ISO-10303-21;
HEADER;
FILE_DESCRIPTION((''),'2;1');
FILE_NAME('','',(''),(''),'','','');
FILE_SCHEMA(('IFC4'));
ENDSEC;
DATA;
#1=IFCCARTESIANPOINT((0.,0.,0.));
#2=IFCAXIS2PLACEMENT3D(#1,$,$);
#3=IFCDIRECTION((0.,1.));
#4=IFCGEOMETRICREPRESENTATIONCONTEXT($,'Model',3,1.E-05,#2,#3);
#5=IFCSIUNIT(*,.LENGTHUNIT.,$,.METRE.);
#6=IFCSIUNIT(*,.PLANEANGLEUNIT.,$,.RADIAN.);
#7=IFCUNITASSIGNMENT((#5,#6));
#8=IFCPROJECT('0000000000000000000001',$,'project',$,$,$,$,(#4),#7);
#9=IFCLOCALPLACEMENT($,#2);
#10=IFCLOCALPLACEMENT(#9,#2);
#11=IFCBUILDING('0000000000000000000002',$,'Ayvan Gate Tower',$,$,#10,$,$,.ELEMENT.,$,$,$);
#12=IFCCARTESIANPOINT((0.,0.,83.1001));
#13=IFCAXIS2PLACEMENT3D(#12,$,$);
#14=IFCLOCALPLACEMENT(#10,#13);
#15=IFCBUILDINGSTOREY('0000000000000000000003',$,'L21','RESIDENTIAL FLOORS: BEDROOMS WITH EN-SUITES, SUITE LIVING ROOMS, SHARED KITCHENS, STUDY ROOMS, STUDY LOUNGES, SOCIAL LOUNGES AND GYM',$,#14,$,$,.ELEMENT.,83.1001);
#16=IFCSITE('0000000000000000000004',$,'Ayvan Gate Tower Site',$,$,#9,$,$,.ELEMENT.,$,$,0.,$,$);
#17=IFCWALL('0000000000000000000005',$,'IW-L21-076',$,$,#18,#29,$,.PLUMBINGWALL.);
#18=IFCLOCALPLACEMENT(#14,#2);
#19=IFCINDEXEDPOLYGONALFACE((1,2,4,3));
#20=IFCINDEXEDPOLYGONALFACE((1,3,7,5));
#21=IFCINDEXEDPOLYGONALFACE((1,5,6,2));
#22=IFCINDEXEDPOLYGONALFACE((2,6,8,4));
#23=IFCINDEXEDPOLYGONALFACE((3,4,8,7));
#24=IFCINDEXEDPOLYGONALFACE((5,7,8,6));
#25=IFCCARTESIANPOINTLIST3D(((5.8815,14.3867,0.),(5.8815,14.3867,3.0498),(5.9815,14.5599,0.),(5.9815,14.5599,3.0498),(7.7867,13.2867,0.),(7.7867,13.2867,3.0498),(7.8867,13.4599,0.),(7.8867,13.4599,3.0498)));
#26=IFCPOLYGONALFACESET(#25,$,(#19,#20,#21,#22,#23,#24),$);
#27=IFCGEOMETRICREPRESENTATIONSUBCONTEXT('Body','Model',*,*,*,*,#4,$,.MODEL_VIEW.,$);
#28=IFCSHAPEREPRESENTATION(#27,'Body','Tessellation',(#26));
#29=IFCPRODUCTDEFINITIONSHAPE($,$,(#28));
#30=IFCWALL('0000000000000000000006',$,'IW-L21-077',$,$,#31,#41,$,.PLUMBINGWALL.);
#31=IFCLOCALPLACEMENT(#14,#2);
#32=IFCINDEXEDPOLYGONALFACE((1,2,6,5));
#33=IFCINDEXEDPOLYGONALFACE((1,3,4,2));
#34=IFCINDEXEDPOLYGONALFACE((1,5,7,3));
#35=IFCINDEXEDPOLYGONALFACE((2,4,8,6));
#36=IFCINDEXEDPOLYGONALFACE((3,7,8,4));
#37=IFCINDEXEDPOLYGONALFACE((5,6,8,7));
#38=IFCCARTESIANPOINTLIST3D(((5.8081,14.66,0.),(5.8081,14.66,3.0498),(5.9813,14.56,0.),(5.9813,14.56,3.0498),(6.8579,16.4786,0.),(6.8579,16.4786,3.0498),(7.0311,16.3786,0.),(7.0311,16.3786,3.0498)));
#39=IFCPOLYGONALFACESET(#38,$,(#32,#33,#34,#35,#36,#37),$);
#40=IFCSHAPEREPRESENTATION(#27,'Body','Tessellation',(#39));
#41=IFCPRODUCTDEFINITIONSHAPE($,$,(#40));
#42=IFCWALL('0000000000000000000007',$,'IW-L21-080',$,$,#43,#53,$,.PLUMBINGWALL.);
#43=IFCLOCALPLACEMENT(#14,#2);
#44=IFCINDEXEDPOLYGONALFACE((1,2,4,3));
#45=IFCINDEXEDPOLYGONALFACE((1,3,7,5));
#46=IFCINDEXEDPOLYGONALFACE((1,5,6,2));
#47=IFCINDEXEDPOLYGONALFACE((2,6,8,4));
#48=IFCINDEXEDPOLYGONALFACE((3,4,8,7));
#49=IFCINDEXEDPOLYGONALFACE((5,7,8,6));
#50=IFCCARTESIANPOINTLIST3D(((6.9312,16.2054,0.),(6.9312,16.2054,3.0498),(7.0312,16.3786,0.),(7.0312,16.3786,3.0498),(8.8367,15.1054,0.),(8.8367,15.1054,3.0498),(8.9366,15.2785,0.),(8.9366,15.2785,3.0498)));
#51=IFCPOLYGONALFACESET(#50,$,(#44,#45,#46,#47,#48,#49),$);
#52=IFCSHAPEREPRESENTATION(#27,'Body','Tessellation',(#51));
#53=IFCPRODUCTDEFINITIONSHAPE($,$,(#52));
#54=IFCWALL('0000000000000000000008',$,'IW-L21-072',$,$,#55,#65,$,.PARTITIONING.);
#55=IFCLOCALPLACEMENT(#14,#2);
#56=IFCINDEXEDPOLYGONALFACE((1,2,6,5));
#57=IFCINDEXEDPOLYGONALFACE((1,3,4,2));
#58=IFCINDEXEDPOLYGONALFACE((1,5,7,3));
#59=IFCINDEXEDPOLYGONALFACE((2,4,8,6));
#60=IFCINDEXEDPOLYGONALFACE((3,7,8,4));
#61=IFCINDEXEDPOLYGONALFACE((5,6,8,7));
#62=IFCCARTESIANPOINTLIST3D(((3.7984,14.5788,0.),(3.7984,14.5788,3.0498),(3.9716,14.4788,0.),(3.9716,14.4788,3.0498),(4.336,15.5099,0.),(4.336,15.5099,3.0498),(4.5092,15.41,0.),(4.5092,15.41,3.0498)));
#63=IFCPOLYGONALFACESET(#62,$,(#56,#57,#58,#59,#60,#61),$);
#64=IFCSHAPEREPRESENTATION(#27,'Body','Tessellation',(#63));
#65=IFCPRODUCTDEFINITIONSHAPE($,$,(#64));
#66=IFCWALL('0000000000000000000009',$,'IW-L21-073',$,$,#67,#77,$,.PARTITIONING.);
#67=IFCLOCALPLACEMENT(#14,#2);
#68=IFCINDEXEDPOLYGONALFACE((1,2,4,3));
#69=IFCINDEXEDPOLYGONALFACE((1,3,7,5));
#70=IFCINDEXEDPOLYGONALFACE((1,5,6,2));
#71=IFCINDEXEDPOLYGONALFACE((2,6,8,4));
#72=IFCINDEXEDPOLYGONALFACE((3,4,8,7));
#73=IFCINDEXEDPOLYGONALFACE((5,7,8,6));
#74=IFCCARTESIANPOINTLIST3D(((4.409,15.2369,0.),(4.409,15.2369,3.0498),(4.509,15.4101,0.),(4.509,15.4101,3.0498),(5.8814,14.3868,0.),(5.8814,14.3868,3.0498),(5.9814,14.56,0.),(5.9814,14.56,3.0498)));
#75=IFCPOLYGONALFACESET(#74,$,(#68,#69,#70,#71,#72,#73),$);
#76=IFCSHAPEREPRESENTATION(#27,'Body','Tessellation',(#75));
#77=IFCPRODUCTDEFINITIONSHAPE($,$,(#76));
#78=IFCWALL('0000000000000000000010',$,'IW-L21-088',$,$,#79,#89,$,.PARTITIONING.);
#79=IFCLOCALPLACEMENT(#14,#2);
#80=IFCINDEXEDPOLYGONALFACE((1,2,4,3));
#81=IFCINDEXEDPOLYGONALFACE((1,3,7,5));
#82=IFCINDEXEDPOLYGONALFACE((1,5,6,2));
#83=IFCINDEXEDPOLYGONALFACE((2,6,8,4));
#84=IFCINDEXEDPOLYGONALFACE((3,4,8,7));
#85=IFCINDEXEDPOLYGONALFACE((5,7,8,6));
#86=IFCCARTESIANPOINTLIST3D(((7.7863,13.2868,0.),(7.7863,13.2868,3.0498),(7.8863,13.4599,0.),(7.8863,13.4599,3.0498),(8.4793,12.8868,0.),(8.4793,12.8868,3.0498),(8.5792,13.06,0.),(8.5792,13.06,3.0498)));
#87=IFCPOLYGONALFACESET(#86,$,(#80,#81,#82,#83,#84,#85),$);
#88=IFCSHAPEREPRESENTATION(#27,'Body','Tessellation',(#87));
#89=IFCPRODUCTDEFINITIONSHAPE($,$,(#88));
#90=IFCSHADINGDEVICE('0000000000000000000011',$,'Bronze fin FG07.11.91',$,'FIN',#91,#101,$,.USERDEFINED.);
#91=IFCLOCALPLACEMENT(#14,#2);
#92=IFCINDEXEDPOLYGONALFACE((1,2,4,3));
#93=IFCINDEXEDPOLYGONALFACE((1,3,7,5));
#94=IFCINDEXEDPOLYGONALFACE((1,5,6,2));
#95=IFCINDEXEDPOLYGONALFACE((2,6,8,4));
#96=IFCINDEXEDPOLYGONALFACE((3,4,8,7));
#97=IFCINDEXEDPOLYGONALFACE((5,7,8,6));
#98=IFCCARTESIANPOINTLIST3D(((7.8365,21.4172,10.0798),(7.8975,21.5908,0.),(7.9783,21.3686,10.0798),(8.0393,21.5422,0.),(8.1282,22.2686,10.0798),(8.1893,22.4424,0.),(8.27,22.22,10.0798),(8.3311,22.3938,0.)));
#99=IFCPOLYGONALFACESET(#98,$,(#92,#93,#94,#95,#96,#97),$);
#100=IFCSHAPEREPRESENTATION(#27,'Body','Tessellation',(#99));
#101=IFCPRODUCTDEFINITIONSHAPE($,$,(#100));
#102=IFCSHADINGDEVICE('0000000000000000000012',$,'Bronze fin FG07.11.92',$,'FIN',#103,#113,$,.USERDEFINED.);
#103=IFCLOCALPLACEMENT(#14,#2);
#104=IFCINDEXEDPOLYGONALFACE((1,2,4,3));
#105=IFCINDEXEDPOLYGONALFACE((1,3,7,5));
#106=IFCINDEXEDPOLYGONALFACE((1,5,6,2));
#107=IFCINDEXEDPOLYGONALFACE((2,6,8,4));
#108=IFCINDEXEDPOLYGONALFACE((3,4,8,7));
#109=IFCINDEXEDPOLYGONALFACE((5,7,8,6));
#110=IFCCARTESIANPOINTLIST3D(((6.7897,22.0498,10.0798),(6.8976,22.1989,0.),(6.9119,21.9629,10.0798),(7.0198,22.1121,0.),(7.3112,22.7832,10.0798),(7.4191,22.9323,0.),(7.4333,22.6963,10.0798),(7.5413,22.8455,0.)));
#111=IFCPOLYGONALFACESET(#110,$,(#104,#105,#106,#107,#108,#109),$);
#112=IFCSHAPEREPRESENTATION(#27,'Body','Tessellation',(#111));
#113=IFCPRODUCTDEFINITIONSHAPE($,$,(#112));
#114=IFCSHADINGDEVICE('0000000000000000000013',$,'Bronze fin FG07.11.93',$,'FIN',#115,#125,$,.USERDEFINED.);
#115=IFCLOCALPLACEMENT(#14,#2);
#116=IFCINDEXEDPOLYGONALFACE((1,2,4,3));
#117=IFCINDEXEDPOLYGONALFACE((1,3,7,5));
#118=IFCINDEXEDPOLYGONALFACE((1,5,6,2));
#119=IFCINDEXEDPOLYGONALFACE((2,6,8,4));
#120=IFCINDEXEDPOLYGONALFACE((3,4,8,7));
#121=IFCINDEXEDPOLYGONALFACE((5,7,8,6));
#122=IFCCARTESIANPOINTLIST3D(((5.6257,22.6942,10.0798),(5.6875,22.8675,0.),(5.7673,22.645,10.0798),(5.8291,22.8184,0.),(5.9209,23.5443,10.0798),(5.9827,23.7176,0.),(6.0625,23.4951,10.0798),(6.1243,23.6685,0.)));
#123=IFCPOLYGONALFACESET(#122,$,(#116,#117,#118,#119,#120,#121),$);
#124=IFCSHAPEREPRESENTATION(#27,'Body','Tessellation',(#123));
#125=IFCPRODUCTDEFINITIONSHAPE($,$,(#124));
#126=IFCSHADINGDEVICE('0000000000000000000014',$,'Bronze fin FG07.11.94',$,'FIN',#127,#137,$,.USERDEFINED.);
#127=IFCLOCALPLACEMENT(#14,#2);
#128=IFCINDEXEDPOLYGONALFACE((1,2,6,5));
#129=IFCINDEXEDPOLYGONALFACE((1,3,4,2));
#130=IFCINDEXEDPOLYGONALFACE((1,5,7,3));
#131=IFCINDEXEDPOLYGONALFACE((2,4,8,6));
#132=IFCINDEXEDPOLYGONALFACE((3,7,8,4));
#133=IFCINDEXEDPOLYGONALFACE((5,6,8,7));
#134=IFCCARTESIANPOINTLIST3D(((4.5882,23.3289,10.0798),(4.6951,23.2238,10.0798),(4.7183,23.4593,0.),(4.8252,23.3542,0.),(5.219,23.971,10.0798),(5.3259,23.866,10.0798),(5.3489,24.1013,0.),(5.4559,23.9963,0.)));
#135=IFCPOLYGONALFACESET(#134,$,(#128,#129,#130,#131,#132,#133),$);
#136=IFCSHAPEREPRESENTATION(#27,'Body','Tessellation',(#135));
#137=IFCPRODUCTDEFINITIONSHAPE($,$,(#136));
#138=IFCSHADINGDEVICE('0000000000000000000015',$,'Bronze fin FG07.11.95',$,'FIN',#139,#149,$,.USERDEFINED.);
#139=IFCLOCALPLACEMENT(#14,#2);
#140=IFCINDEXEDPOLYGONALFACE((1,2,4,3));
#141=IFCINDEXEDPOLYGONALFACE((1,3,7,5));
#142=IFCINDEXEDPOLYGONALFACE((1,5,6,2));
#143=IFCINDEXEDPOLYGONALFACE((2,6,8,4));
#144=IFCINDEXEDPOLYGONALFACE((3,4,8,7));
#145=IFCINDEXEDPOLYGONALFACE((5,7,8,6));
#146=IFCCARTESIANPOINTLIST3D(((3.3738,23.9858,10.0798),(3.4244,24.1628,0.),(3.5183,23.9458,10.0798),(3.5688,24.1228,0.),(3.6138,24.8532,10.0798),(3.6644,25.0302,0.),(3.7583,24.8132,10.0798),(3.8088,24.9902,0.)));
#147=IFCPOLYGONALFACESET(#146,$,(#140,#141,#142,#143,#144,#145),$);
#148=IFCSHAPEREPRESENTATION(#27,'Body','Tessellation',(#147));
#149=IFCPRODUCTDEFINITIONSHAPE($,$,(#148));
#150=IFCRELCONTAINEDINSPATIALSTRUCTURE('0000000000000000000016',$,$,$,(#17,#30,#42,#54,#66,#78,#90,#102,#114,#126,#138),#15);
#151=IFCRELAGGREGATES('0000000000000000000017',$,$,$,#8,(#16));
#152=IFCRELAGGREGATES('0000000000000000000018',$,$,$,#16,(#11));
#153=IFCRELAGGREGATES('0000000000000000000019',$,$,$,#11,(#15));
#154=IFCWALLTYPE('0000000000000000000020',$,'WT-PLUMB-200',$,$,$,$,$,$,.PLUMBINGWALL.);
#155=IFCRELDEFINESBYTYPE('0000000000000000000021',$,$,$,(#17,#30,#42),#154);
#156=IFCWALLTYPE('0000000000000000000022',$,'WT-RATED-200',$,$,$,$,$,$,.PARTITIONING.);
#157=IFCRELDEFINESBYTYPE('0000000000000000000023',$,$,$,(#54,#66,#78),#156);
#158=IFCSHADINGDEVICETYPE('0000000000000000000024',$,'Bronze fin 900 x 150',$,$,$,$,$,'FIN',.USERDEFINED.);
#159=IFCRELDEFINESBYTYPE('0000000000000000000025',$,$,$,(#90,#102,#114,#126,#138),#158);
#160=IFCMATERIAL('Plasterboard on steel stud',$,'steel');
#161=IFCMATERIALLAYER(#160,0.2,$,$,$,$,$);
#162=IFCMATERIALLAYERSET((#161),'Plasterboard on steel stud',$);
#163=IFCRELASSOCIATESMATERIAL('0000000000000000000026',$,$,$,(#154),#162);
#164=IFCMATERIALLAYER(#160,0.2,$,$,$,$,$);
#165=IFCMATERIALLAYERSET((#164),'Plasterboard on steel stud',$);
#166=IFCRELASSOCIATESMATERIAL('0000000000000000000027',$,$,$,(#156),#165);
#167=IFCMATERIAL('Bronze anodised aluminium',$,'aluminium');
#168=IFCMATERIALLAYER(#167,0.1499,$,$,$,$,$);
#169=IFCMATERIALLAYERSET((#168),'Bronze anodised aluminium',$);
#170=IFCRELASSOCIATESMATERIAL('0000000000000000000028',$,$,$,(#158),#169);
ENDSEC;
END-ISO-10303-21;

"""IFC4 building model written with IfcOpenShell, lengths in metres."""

from ifc_helpers import new_model, si_unit, direction, frame, frame_2d, origin, place, context, subcontext, project, spatial, polyline, rectangle, outline, extrude, material, layer, layer_set, type_object, element, save


model = new_model("IFC4")

# Units and contexts
model_context = context("Model", 3, precision=1e-05, world=origin(), true_north=direction((0.0, 1.0)))
body_context = subcontext(model_context, "Body", "Model", "MODEL_VIEW")
ifc_project = project(units=[si_unit("LENGTHUNIT", "METRE"), si_unit("PLANEANGLEUNIT", "RADIAN")], contexts=[model_context])

# Site, building, storey
site_placement = place(None, origin())
site = spatial("IfcSite", under=ifc_project, at=site_placement, Name="Ayvan Gate Tower Site", CompositionType="ELEMENT", RefElevation=0.0)
building_placement = place(site_placement, origin())
building = spatial("IfcBuilding", under=site, at=building_placement, Name="Ayvan Gate Tower", CompositionType="ELEMENT")
storey_placement = place(building_placement, frame((0.0, 0.0, 83.1001)))
storey = spatial("IfcBuildingStorey", under=building, at=storey_placement, Name="L21", Description="RESIDENTIAL FLOORS: BEDROOMS WITH EN-SUITES, SUITE LIVING ROOMS, SHARED KITCHENS, STUDY ROOMS, STUDY LOUNGES, SOCIAL LOUNGES AND GYM", CompositionType="ELEMENT", Elevation=83.1001)

# Shared definitions
ifc_material_1 = material(Name="Bronze anodised aluminium", Category="aluminium")

# Walls
ifc_material_2 = material(Name="Plasterboard on steel stud", Category="steel")
ifc_layer_1 = layer(ifc_material_2, 0.2)
ifc_layer_set_1 = layer_set([ifc_layer_1], Name="Plasterboard on steel stud")
wall_type_1 = type_object("IfcWallType", Name="WT-PLUMB-200", PredefinedType="PLUMBINGWALL", material=ifc_layer_set_1)
wall_1_placement = place(storey_placement, frame((5.9314, 14.4734, 0.0), z_axis=(0.0, 0.0, 1.0), x_axis=(0.866008, -0.50003, 0.0)))
element("IfcWall", 1, at=wall_1_placement, inside=storey, type_object=wall_type_1, Name="IW-L21-076", PredefinedType="PLUMBINGWALL", context=body_context, shape_type="SweptSolid", body=[
    extrude(rectangle(XDim=2.2, YDim=0.2, at=frame_2d((1.1001, 0.0))), origin(), (0.0, 0.0, 1.0), 3.0498),
])
wall_2_placement = place(storey_placement, frame((5.8948, 14.6101, 0.0), z_axis=(0.0, 0.0, 1.0), x_axis=(0.499941, 0.86606, 0.0)))
element("IfcWall", 2, at=wall_2_placement, inside=storey, type_object=wall_type_1, Name="IW-L21-077", PredefinedType="PLUMBINGWALL", context=body_context, shape_type="SweptSolid", body=[
    extrude(rectangle(XDim=2.0999, YDim=0.2, at=frame_2d((1.0498, 0.0))), origin(), (0.0, 0.0, 1.0), 3.0498),
])
wall_3_placement = place(storey_placement, frame((6.9812, 16.292, 0.0), z_axis=(0.0, 0.0, 1.0), x_axis=(0.866036, -0.499982, 0.0)))
element("IfcWall", 3, at=wall_3_placement, inside=storey, type_object=wall_type_1, Name="IW-L21-080", PredefinedType="PLUMBINGWALL", context=body_context, shape_type="SweptSolid", body=[
    extrude(rectangle(XDim=2.2002, YDim=0.2, at=frame_2d((1.1001, 0.0))), origin(), (0.0, 0.0, 1.0), 3.0498),
])
ifc_layer_2 = layer(ifc_material_2, 0.2)
ifc_layer_set_2 = layer_set([ifc_layer_2], Name="Plasterboard on steel stud")
wall_type_2 = type_object("IfcWallType", Name="WT-RATED-200", PredefinedType="PARTITIONING", material=ifc_layer_set_2)
wall_4_placement = place(storey_placement, frame((3.885, 14.5288, 0.0), z_axis=(0.0, 0.0, 1.0), x_axis=(0.499998, 0.866027, 0.0)))
element("IfcWall", 4, at=wall_4_placement, inside=storey, type_object=wall_type_2, Name="IW-L21-072", PredefinedType="PARTITIONING", context=body_context, shape_type="SweptSolid", body=[
    extrude(rectangle(XDim=1.0752, YDim=0.2, at=frame_2d((0.5376, 0.0))), origin(), (0.0, 0.0, 1.0), 3.0498),
])
wall_5_placement = place(storey_placement, frame((4.459, 15.3235, 0.0), z_axis=(0.0, 0.0, 1.0), x_axis=(0.866025, -0.5, 0.0)))
element("IfcWall", 5, at=wall_5_placement, inside=storey, type_object=wall_type_2, Name="IW-L21-073", PredefinedType="PARTITIONING", context=body_context, shape_type="SweptSolid", body=[
    extrude(rectangle(XDim=1.7002, YDim=0.2, at=frame_2d((0.8501, 0.0))), origin(), (0.0, 0.0, 1.0), 3.0498),
])
wall_6_placement = place(storey_placement, frame((7.8364, 13.3733, 0.0), z_axis=(0.0, 0.0, 1.0), x_axis=(0.866094, -0.499881, 0.0)))
element("IfcWall", 6, at=wall_6_placement, inside=storey, type_object=wall_type_2, Name="IW-L21-088", PredefinedType="PARTITIONING", context=body_context, shape_type="SweptSolid", body=[
    extrude(rectangle(XDim=0.8, YDim=0.2, at=frame_2d((0.3999, 0.0))), origin(), (0.0, 0.0, 1.0), 3.0498),
])

# Shading devices
ifc_layer_3 = layer(ifc_material_1, 0.1499)
ifc_layer_set_3 = layer_set([ifc_layer_3], Name="Bronze anodised aluminium")
shading_device_type = type_object("IfcShadingDeviceType", Name="Bronze fin 900 x 150", ElementType="FIN", PredefinedType="USERDEFINED", material=ifc_layer_set_3)
shading_device_1_placement = place(storey_placement, frame((8.0393, 21.5422, 0.0), z_axis=(0.946005, -0.324151, 0.000142), x_axis=(0.324151, 0.946005, 0.0)))
element("IfcShadingDevice", 7, at=shading_device_1_placement, inside=storey, type_object=shading_device_type, Name="Bronze fin FG07.11.91", ObjectType="FIN", PredefinedType="USERDEFINED", context=body_context, shape_type="SweptSolid", body=[
    extrude(outline(polyline([(0.0, 0.0), (0.9002, 0.0), (0.7159, 10.0798), (-0.184, 10.0798), (0.0, 0.0)])), origin(), (0.0, 0.0, -1.0), 0.1499),
])
shading_device_2_placement = place(storey_placement, frame((7.0198, 22.1121, 0.0), z_axis=(0.814978, -0.579492, 0.000149), x_axis=(0.579492, 0.814978, 0.0)))
element("IfcShadingDevice", 8, at=shading_device_2_placement, inside=storey, type_object=shading_device_type, Name="Bronze fin FG07.11.92", ObjectType="FIN", PredefinedType="USERDEFINED", context=body_context, shape_type="SweptSolid", body=[
    extrude(outline(polyline([(0.0, 0.0), (0.8999, 0.0), (0.7158, 10.0798), (-0.1841, 10.0798), (0.0, 0.0)])), origin(), (0.0, 0.0, -1.0), 0.1499),
])
shading_device_3_placement = place(storey_placement, frame((5.8291, 22.8184, 0.0), z_axis=(0.944676, -0.328005, 0.000148), x_axis=(0.328005, 0.944676, 0.0)))
element("IfcShadingDevice", 9, at=shading_device_3_placement, inside=storey, type_object=shading_device_type, Name="Bronze fin FG07.11.93", ObjectType="FIN", PredefinedType="USERDEFINED", context=body_context, shape_type="SweptSolid", body=[
    extrude(outline(polyline([(0.0, 0.0), (0.8999, 0.0), (0.7159, 10.0798), (-0.184, 10.0798), (0.0, 0.0)])), origin(), (0.0, 0.0, -1.0), 0.1499),
])
shading_device_4_placement = place(storey_placement, frame((4.8252, 23.3542, 0.0), z_axis=(0.713385, -0.700772, 0.000137), x_axis=(0.700772, 0.713385, 0.0)))
element("IfcShadingDevice", 10, at=shading_device_4_placement, inside=storey, type_object=shading_device_type, Name="Bronze fin FG07.11.94", ObjectType="FIN", PredefinedType="USERDEFINED", context=body_context, shape_type="SweptSolid", body=[
    extrude(outline(polyline([(0.0, 0.0), (0.9, 0.0), (0.716, 10.0798), (-0.1842, 10.0798), (0.0, 0.0)])), origin(), (0.0, 0.0, -1.0), 0.1499),
])
shading_device_5_placement = place(storey_placement, frame((3.5688, 24.1228, 0.0), z_axis=(0.963793, -0.26665, 0.00015), x_axis=(0.26665, 0.963793, 0.0)))
element("IfcShadingDevice", 11, at=shading_device_5_placement, inside=storey, type_object=shading_device_type, Name="Bronze fin FG07.11.95", ObjectType="FIN", PredefinedType="USERDEFINED", context=body_context, shape_type="SweptSolid", body=[
    extrude(outline(polyline([(0.0, 0.0), (0.9, 0.0), (0.7159, 10.0798), (-0.1841, 10.0798), (0.0, 0.0)])), origin(), (0.0, 0.0, -1.0), 0.1499),
])

save(model, "model.ifc")
